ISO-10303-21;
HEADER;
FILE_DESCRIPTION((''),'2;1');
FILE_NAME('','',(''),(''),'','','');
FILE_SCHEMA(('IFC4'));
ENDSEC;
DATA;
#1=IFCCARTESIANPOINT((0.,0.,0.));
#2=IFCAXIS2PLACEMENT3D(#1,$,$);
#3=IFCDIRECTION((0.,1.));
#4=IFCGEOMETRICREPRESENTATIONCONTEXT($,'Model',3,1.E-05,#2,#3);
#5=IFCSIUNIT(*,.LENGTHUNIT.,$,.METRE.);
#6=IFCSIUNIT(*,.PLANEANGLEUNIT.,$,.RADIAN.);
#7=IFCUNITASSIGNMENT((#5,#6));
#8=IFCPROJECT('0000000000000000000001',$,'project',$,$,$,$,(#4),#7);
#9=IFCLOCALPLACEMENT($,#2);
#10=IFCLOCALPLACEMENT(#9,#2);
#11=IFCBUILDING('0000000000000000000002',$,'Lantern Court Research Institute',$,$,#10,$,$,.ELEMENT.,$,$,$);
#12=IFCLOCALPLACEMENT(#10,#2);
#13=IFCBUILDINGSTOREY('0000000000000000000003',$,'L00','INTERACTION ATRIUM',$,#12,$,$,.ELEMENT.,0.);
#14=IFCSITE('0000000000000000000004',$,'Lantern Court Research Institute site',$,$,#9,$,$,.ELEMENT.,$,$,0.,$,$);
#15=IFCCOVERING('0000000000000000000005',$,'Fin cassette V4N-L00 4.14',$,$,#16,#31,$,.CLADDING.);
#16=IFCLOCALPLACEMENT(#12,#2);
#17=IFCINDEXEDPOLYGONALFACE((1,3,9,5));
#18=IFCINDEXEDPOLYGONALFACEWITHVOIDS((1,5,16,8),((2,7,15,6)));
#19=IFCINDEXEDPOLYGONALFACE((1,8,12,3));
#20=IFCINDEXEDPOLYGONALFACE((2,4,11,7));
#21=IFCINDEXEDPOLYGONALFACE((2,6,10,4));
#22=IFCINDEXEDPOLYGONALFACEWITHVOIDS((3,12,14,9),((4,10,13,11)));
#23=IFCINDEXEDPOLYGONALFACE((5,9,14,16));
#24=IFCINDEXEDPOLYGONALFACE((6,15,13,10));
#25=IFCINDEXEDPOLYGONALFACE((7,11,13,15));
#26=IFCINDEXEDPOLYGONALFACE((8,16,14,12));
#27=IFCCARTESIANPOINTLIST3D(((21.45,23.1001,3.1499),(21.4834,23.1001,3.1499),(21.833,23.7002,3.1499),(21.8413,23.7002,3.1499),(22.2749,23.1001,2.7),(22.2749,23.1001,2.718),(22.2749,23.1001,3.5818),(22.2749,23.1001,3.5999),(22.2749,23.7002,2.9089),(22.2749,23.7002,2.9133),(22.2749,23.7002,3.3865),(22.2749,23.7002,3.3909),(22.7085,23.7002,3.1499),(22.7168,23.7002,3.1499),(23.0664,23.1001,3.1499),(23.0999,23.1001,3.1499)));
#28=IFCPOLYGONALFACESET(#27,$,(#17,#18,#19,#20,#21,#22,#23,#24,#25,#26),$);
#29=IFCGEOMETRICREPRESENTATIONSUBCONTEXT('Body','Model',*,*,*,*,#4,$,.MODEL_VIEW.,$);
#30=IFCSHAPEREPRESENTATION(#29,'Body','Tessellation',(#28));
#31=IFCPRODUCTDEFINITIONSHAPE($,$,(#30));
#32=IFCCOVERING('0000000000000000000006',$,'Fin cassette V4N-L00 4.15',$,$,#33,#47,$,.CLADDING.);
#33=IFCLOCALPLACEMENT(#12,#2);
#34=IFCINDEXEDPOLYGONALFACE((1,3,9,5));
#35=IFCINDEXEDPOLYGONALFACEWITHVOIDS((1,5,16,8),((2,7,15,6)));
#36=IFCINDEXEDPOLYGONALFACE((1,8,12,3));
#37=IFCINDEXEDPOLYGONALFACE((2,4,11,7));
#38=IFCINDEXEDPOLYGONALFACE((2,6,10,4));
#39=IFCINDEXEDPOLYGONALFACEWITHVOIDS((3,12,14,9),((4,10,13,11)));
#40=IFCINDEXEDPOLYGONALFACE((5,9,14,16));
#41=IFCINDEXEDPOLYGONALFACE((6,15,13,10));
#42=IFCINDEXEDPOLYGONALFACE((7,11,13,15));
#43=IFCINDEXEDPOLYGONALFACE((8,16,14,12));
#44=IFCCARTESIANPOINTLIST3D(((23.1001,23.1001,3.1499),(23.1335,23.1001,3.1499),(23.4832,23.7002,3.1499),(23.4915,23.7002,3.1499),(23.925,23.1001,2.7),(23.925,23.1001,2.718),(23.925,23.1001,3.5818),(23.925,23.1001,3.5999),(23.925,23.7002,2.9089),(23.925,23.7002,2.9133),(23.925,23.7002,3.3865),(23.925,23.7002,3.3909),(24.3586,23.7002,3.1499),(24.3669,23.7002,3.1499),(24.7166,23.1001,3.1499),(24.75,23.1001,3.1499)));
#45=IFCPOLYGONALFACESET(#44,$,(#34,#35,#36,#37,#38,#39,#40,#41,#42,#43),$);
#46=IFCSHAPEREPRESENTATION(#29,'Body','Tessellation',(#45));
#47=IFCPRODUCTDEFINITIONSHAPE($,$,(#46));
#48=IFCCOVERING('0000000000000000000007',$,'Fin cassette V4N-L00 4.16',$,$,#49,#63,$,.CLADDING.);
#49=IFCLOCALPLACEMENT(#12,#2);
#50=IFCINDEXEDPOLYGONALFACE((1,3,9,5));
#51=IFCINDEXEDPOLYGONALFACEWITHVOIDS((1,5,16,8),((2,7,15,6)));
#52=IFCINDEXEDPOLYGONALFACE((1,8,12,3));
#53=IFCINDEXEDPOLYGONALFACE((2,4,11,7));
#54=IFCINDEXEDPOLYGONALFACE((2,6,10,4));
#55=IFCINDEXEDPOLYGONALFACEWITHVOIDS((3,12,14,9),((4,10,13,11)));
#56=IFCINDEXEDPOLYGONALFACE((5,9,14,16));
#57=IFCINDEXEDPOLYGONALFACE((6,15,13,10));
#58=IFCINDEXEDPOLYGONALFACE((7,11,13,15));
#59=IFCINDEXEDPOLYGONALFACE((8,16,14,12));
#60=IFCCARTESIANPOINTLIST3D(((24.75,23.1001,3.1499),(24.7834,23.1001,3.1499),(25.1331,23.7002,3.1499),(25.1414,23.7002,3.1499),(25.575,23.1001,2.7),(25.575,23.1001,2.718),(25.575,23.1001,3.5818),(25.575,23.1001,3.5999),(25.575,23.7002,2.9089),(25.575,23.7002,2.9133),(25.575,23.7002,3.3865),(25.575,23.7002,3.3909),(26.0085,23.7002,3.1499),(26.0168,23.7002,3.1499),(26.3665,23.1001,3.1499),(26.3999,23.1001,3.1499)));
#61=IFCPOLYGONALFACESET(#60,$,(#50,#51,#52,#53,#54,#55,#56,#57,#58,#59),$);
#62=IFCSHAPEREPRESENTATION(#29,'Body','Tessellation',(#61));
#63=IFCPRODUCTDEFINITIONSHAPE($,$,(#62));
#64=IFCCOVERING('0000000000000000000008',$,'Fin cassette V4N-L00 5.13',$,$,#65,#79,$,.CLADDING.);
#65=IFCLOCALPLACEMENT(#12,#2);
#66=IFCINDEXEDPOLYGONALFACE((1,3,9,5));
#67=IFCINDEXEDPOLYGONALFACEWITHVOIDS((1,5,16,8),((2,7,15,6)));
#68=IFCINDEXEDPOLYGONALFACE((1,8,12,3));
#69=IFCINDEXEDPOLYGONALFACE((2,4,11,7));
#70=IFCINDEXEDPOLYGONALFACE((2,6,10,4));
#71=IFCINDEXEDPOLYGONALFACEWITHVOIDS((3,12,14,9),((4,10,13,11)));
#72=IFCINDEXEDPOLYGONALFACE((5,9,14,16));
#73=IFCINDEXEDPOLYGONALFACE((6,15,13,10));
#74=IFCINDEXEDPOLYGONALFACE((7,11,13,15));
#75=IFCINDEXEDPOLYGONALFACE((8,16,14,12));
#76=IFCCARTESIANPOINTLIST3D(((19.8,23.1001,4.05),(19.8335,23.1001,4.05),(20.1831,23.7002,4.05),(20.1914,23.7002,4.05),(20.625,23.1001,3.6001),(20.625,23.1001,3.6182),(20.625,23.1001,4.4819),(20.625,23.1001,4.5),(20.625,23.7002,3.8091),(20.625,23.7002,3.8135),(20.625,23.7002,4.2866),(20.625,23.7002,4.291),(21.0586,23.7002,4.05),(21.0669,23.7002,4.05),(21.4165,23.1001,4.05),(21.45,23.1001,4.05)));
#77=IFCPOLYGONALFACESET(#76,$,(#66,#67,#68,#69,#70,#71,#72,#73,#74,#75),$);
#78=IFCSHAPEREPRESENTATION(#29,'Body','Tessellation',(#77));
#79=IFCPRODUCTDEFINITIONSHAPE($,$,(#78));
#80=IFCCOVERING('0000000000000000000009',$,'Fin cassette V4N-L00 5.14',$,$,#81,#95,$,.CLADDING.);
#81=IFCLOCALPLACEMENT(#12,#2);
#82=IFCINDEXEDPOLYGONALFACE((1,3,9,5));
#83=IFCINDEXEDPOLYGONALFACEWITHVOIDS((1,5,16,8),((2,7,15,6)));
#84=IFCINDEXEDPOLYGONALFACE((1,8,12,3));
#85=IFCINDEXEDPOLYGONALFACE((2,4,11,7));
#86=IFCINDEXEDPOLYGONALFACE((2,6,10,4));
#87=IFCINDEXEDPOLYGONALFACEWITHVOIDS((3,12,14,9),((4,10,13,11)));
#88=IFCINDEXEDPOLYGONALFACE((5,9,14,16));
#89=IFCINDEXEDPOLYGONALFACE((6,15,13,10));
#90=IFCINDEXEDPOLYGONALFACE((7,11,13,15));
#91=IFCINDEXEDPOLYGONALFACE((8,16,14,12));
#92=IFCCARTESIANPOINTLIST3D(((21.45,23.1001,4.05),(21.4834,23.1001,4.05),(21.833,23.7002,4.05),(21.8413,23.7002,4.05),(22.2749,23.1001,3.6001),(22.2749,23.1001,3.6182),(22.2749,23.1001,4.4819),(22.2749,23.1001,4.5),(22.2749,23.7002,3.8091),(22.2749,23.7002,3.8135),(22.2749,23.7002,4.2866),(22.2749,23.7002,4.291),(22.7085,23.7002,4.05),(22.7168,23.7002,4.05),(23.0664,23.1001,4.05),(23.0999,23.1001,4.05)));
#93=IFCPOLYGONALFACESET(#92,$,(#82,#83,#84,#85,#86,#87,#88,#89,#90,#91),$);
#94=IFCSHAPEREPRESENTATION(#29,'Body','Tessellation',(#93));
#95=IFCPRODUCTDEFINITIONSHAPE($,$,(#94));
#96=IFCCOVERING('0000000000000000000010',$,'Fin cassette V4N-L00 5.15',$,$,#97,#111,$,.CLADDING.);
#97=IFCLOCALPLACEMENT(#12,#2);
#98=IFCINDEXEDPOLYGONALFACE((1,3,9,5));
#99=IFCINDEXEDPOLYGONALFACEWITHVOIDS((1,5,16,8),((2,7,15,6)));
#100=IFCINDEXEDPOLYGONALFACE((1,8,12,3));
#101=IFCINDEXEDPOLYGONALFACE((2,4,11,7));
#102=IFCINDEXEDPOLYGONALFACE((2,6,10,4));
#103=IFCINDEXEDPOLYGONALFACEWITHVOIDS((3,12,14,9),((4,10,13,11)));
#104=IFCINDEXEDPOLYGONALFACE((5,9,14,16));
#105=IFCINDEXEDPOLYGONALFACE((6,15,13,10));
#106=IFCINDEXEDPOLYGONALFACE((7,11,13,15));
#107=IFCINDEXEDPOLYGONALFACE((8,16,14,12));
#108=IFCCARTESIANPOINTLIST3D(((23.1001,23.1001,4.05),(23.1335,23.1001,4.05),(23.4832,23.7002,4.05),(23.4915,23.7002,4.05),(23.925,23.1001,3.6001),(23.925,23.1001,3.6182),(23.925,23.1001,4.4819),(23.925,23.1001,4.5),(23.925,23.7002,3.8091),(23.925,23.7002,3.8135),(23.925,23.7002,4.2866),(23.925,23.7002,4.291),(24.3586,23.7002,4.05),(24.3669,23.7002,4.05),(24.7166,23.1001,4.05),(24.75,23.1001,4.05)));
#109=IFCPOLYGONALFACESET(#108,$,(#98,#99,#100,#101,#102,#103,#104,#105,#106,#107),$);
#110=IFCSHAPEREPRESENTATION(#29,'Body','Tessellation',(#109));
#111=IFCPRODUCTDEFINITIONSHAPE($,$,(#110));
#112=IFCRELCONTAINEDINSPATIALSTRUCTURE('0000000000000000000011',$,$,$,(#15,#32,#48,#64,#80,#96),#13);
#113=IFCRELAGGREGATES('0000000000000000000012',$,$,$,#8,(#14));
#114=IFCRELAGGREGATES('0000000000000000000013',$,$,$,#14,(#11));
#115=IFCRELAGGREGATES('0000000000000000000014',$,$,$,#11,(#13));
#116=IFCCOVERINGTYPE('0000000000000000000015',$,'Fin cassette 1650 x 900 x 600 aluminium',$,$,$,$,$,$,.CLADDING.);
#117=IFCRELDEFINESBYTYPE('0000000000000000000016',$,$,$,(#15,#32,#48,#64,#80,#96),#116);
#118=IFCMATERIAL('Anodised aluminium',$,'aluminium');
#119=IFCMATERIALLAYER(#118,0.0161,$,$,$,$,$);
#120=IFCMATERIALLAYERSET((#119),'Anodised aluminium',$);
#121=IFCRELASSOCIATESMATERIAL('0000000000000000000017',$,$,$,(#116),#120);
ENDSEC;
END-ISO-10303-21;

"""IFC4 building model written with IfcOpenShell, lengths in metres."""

from ifc_helpers import new_model, entity, si_unit, direction, frame, origin, place, context, subcontext, project, spatial, material, layer, layer_set, type_object, element, save


model = new_model("IFC4")

# Units and contexts
model_context = context("Model", 3, precision=1e-05, world=origin(), true_north=direction((0.0, 1.0)))
body_context = subcontext(model_context, "Body", "Model", "MODEL_VIEW")
ifc_project = project(units=[si_unit("LENGTHUNIT", "METRE"), si_unit("PLANEANGLEUNIT", "RADIAN")], contexts=[model_context])

# Site, building, storey
site_placement = place(None, origin())
site = spatial("IfcSite", under=ifc_project, at=site_placement, Name="Lantern Court Research Institute site", CompositionType="ELEMENT", RefElevation=0.0)
building_placement = place(site_placement, origin())
building = spatial("IfcBuilding", under=site, at=building_placement, Name="Lantern Court Research Institute", CompositionType="ELEMENT")
storey_placement = place(building_placement, origin())
storey = spatial("IfcBuildingStorey", under=building, at=storey_placement, Name="L00", Description="INTERACTION ATRIUM", CompositionType="ELEMENT", Elevation=0.0)

# Coverings
ifc_material_1 = material(Name="Anodised aluminium", Category="aluminium")
ifc_layer_1 = layer(ifc_material_1, 0.0161)
ifc_layer_set_1 = layer_set([ifc_layer_1], Name="Anodised aluminium")
covering_type = type_object("IfcCoveringType", Name="Fin cassette 1650 x 900 x 600 aluminium", PredefinedType="CLADDING", material=ifc_layer_set_1)
covering_1_placement = place(storey_placement, frame((22.2749, 23.1001, 3.1499), z_axis=(0.0, 1.0, 0.0), x_axis=(-1.0, 0.0, 0.0)))
cartesian_point_1 = entity("IfcCartesianPoint", [0.825, 0.0])
cartesian_point_2 = entity("IfcCartesianPoint", [0.7915, 0.0])
cartesian_point_3 = entity("IfcCartesianPoint", [0.4419, 0.0])
cartesian_point_4 = entity("IfcCartesianPoint", [0.4336, 0.0])
element("IfcCovering", 1, at=covering_1_placement, inside=storey, type_object=covering_type, Name="Fin cassette V4N-L00 4.14", PredefinedType="CLADDING", context=body_context, shape_type="SweptSolid", body=[
    entity("IfcExtrudedAreaSolidTapered", entity("IfcArbitraryProfileDefWithVoids", "AREA", None, entity("IfcPolyline", [cartesian_point_1, entity("IfcCartesianPoint", [0.0, 0.45]), entity("IfcCartesianPoint", [-0.825, 0.0]), entity("IfcCartesianPoint", [0.0, -0.45]), cartesian_point_1]), [entity("IfcPolyline", [cartesian_point_2, entity("IfcCartesianPoint", [0.0, 0.4319]), entity("IfcCartesianPoint", [-0.7915, 0.0]), entity("IfcCartesianPoint", [0.0, -0.4319]), cartesian_point_2])]), entity("IfcAxis2Placement3D", entity("IfcCartesianPoint", [0.0, 0.0, 0.0])), entity("IfcDirection", [0.0, 0.0, 1.0]), 0.6001, entity("IfcArbitraryProfileDefWithVoids", "AREA", None, entity("IfcPolyline", [cartesian_point_3, entity("IfcCartesianPoint", [0.0, 0.241]), entity("IfcCartesianPoint", [-0.4419, 0.0]), entity("IfcCartesianPoint", [0.0, -0.241]), cartesian_point_3]), [entity("IfcPolyline", [cartesian_point_4, entity("IfcCartesianPoint", [0.0, 0.2366]), entity("IfcCartesianPoint", [-0.4336, 0.0]), entity("IfcCartesianPoint", [0.0, -0.2366]), cartesian_point_4])])),
])
covering_2_placement = place(storey_placement, frame((23.925, 23.1001, 3.1499), z_axis=(0.0, 1.0, 0.0), x_axis=(-1.0, 0.0, 0.0)))
cartesian_point_5 = entity("IfcCartesianPoint", [0.825, 0.0])
cartesian_point_6 = entity("IfcCartesianPoint", [0.7915, 0.0])
cartesian_point_7 = entity("IfcCartesianPoint", [0.4419, 0.0])
cartesian_point_8 = entity("IfcCartesianPoint", [0.4336, 0.0])
element("IfcCovering", 2, at=covering_2_placement, inside=storey, type_object=covering_type, Name="Fin cassette V4N-L00 4.15", PredefinedType="CLADDING", context=body_context, shape_type="SweptSolid", body=[
    entity("IfcExtrudedAreaSolidTapered", entity("IfcArbitraryProfileDefWithVoids", "AREA", None, entity("IfcPolyline", [cartesian_point_5, entity("IfcCartesianPoint", [0.0, 0.45]), entity("IfcCartesianPoint", [-0.825, 0.0]), entity("IfcCartesianPoint", [0.0, -0.45]), cartesian_point_5]), [entity("IfcPolyline", [cartesian_point_6, entity("IfcCartesianPoint", [0.0, 0.4319]), entity("IfcCartesianPoint", [-0.7915, 0.0]), entity("IfcCartesianPoint", [0.0, -0.4319]), cartesian_point_6])]), entity("IfcAxis2Placement3D", entity("IfcCartesianPoint", [0.0, 0.0, 0.0])), entity("IfcDirection", [0.0, 0.0, 1.0]), 0.6001, entity("IfcArbitraryProfileDefWithVoids", "AREA", None, entity("IfcPolyline", [cartesian_point_7, entity("IfcCartesianPoint", [0.0, 0.241]), entity("IfcCartesianPoint", [-0.4419, 0.0]), entity("IfcCartesianPoint", [0.0, -0.241]), cartesian_point_7]), [entity("IfcPolyline", [cartesian_point_8, entity("IfcCartesianPoint", [0.0, 0.2366]), entity("IfcCartesianPoint", [-0.4336, 0.0]), entity("IfcCartesianPoint", [0.0, -0.2366]), cartesian_point_8])])),
])
covering_3_placement = place(storey_placement, frame((25.575, 23.1001, 3.1499), z_axis=(0.0, 1.0, 0.0), x_axis=(-1.0, 0.0, 0.0)))
cartesian_point_9 = entity("IfcCartesianPoint", [0.825, 0.0])
cartesian_point_10 = entity("IfcCartesianPoint", [0.7915, 0.0])
cartesian_point_11 = entity("IfcCartesianPoint", [0.4419, 0.0])
cartesian_point_12 = entity("IfcCartesianPoint", [0.4336, 0.0])
element("IfcCovering", 3, at=covering_3_placement, inside=storey, type_object=covering_type, Name="Fin cassette V4N-L00 4.16", PredefinedType="CLADDING", context=body_context, shape_type="SweptSolid", body=[
    entity("IfcExtrudedAreaSolidTapered", entity("IfcArbitraryProfileDefWithVoids", "AREA", None, entity("IfcPolyline", [cartesian_point_9, entity("IfcCartesianPoint", [0.0, 0.45]), entity("IfcCartesianPoint", [-0.825, 0.0]), entity("IfcCartesianPoint", [0.0, -0.45]), cartesian_point_9]), [entity("IfcPolyline", [cartesian_point_10, entity("IfcCartesianPoint", [0.0, 0.4319]), entity("IfcCartesianPoint", [-0.7915, 0.0]), entity("IfcCartesianPoint", [0.0, -0.4319]), cartesian_point_10])]), entity("IfcAxis2Placement3D", entity("IfcCartesianPoint", [0.0, 0.0, 0.0])), entity("IfcDirection", [0.0, 0.0, 1.0]), 0.6001, entity("IfcArbitraryProfileDefWithVoids", "AREA", None, entity("IfcPolyline", [cartesian_point_11, entity("IfcCartesianPoint", [0.0, 0.241]), entity("IfcCartesianPoint", [-0.4419, 0.0]), entity("IfcCartesianPoint", [0.0, -0.241]), cartesian_point_11]), [entity("IfcPolyline", [cartesian_point_12, entity("IfcCartesianPoint", [0.0, 0.2366]), entity("IfcCartesianPoint", [-0.4336, 0.0]), entity("IfcCartesianPoint", [0.0, -0.2366]), cartesian_point_12])])),
])
covering_4_placement = place(storey_placement, frame((20.625, 23.1001, 4.05), z_axis=(0.0, 1.0, 0.0), x_axis=(-1.0, 0.0, 0.0)))
cartesian_point_13 = entity("IfcCartesianPoint", [0.825, 0.0])
cartesian_point_14 = entity("IfcCartesianPoint", [0.7915, 0.0])
cartesian_point_15 = entity("IfcCartesianPoint", [0.4419, 0.0])
cartesian_point_16 = entity("IfcCartesianPoint", [0.4336, 0.0])
element("IfcCovering", 4, at=covering_4_placement, inside=storey, type_object=covering_type, Name="Fin cassette V4N-L00 5.13", PredefinedType="CLADDING", context=body_context, shape_type="SweptSolid", body=[
    entity("IfcExtrudedAreaSolidTapered", entity("IfcArbitraryProfileDefWithVoids", "AREA", None, entity("IfcPolyline", [cartesian_point_13, entity("IfcCartesianPoint", [0.0, 0.45]), entity("IfcCartesianPoint", [-0.825, 0.0]), entity("IfcCartesianPoint", [0.0, -0.45]), cartesian_point_13]), [entity("IfcPolyline", [cartesian_point_14, entity("IfcCartesianPoint", [0.0, 0.4319]), entity("IfcCartesianPoint", [-0.7915, 0.0]), entity("IfcCartesianPoint", [0.0, -0.4319]), cartesian_point_14])]), entity("IfcAxis2Placement3D", entity("IfcCartesianPoint", [0.0, 0.0, 0.0])), entity("IfcDirection", [0.0, 0.0, 1.0]), 0.6001, entity("IfcArbitraryProfileDefWithVoids", "AREA", None, entity("IfcPolyline", [cartesian_point_15, entity("IfcCartesianPoint", [0.0, 0.241]), entity("IfcCartesianPoint", [-0.4419, 0.0]), entity("IfcCartesianPoint", [0.0, -0.241]), cartesian_point_15]), [entity("IfcPolyline", [cartesian_point_16, entity("IfcCartesianPoint", [0.0, 0.2366]), entity("IfcCartesianPoint", [-0.4336, 0.0]), entity("IfcCartesianPoint", [0.0, -0.2366]), cartesian_point_16])])),
])
covering_5_placement = place(storey_placement, frame((22.2749, 23.1001, 4.05), z_axis=(0.0, 1.0, 0.0), x_axis=(-1.0, 0.0, 0.0)))
cartesian_point_17 = entity("IfcCartesianPoint", [0.825, 0.0])
cartesian_point_18 = entity("IfcCartesianPoint", [0.7915, 0.0])
cartesian_point_19 = entity("IfcCartesianPoint", [0.4419, 0.0])
cartesian_point_20 = entity("IfcCartesianPoint", [0.4336, 0.0])
element("IfcCovering", 5, at=covering_5_placement, inside=storey, type_object=covering_type, Name="Fin cassette V4N-L00 5.14", PredefinedType="CLADDING", context=body_context, shape_type="SweptSolid", body=[
    entity("IfcExtrudedAreaSolidTapered", entity("IfcArbitraryProfileDefWithVoids", "AREA", None, entity("IfcPolyline", [cartesian_point_17, entity("IfcCartesianPoint", [0.0, 0.45]), entity("IfcCartesianPoint", [-0.825, 0.0]), entity("IfcCartesianPoint", [0.0, -0.45]), cartesian_point_17]), [entity("IfcPolyline", [cartesian_point_18, entity("IfcCartesianPoint", [0.0, 0.4319]), entity("IfcCartesianPoint", [-0.7915, 0.0]), entity("IfcCartesianPoint", [0.0, -0.4319]), cartesian_point_18])]), entity("IfcAxis2Placement3D", entity("IfcCartesianPoint", [0.0, 0.0, 0.0])), entity("IfcDirection", [0.0, 0.0, 1.0]), 0.6001, entity("IfcArbitraryProfileDefWithVoids", "AREA", None, entity("IfcPolyline", [cartesian_point_19, entity("IfcCartesianPoint", [0.0, 0.241]), entity("IfcCartesianPoint", [-0.4419, 0.0]), entity("IfcCartesianPoint", [0.0, -0.241]), cartesian_point_19]), [entity("IfcPolyline", [cartesian_point_20, entity("IfcCartesianPoint", [0.0, 0.2366]), entity("IfcCartesianPoint", [-0.4336, 0.0]), entity("IfcCartesianPoint", [0.0, -0.2366]), cartesian_point_20])])),
])
covering_6_placement = place(storey_placement, frame((23.925, 23.1001, 4.05), z_axis=(0.0, 1.0, 0.0), x_axis=(-1.0, 0.0, 0.0)))
cartesian_point_21 = entity("IfcCartesianPoint", [0.825, 0.0])
cartesian_point_22 = entity("IfcCartesianPoint", [0.7915, 0.0])
cartesian_point_23 = entity("IfcCartesianPoint", [0.4419, 0.0])
cartesian_point_24 = entity("IfcCartesianPoint", [0.4336, 0.0])
element("IfcCovering", 6, at=covering_6_placement, inside=storey, type_object=covering_type, Name="Fin cassette V4N-L00 5.15", PredefinedType="CLADDING", context=body_context, shape_type="SweptSolid", body=[
    entity("IfcExtrudedAreaSolidTapered", entity("IfcArbitraryProfileDefWithVoids", "AREA", None, entity("IfcPolyline", [cartesian_point_21, entity("IfcCartesianPoint", [0.0, 0.45]), entity("IfcCartesianPoint", [-0.825, 0.0]), entity("IfcCartesianPoint", [0.0, -0.45]), cartesian_point_21]), [entity("IfcPolyline", [cartesian_point_22, entity("IfcCartesianPoint", [0.0, 0.4319]), entity("IfcCartesianPoint", [-0.7915, 0.0]), entity("IfcCartesianPoint", [0.0, -0.4319]), cartesian_point_22])]), entity("IfcAxis2Placement3D", entity("IfcCartesianPoint", [0.0, 0.0, 0.0])), entity("IfcDirection", [0.0, 0.0, 1.0]), 0.6001, entity("IfcArbitraryProfileDefWithVoids", "AREA", None, entity("IfcPolyline", [cartesian_point_23, entity("IfcCartesianPoint", [0.0, 0.241]), entity("IfcCartesianPoint", [-0.4419, 0.0]), entity("IfcCartesianPoint", [0.0, -0.241]), cartesian_point_23]), [entity("IfcPolyline", [cartesian_point_24, entity("IfcCartesianPoint", [0.0, 0.2366]), entity("IfcCartesianPoint", [-0.4336, 0.0]), entity("IfcCartesianPoint", [0.0, -0.2366]), cartesian_point_24])])),
])

save(model, "model.ifc")
